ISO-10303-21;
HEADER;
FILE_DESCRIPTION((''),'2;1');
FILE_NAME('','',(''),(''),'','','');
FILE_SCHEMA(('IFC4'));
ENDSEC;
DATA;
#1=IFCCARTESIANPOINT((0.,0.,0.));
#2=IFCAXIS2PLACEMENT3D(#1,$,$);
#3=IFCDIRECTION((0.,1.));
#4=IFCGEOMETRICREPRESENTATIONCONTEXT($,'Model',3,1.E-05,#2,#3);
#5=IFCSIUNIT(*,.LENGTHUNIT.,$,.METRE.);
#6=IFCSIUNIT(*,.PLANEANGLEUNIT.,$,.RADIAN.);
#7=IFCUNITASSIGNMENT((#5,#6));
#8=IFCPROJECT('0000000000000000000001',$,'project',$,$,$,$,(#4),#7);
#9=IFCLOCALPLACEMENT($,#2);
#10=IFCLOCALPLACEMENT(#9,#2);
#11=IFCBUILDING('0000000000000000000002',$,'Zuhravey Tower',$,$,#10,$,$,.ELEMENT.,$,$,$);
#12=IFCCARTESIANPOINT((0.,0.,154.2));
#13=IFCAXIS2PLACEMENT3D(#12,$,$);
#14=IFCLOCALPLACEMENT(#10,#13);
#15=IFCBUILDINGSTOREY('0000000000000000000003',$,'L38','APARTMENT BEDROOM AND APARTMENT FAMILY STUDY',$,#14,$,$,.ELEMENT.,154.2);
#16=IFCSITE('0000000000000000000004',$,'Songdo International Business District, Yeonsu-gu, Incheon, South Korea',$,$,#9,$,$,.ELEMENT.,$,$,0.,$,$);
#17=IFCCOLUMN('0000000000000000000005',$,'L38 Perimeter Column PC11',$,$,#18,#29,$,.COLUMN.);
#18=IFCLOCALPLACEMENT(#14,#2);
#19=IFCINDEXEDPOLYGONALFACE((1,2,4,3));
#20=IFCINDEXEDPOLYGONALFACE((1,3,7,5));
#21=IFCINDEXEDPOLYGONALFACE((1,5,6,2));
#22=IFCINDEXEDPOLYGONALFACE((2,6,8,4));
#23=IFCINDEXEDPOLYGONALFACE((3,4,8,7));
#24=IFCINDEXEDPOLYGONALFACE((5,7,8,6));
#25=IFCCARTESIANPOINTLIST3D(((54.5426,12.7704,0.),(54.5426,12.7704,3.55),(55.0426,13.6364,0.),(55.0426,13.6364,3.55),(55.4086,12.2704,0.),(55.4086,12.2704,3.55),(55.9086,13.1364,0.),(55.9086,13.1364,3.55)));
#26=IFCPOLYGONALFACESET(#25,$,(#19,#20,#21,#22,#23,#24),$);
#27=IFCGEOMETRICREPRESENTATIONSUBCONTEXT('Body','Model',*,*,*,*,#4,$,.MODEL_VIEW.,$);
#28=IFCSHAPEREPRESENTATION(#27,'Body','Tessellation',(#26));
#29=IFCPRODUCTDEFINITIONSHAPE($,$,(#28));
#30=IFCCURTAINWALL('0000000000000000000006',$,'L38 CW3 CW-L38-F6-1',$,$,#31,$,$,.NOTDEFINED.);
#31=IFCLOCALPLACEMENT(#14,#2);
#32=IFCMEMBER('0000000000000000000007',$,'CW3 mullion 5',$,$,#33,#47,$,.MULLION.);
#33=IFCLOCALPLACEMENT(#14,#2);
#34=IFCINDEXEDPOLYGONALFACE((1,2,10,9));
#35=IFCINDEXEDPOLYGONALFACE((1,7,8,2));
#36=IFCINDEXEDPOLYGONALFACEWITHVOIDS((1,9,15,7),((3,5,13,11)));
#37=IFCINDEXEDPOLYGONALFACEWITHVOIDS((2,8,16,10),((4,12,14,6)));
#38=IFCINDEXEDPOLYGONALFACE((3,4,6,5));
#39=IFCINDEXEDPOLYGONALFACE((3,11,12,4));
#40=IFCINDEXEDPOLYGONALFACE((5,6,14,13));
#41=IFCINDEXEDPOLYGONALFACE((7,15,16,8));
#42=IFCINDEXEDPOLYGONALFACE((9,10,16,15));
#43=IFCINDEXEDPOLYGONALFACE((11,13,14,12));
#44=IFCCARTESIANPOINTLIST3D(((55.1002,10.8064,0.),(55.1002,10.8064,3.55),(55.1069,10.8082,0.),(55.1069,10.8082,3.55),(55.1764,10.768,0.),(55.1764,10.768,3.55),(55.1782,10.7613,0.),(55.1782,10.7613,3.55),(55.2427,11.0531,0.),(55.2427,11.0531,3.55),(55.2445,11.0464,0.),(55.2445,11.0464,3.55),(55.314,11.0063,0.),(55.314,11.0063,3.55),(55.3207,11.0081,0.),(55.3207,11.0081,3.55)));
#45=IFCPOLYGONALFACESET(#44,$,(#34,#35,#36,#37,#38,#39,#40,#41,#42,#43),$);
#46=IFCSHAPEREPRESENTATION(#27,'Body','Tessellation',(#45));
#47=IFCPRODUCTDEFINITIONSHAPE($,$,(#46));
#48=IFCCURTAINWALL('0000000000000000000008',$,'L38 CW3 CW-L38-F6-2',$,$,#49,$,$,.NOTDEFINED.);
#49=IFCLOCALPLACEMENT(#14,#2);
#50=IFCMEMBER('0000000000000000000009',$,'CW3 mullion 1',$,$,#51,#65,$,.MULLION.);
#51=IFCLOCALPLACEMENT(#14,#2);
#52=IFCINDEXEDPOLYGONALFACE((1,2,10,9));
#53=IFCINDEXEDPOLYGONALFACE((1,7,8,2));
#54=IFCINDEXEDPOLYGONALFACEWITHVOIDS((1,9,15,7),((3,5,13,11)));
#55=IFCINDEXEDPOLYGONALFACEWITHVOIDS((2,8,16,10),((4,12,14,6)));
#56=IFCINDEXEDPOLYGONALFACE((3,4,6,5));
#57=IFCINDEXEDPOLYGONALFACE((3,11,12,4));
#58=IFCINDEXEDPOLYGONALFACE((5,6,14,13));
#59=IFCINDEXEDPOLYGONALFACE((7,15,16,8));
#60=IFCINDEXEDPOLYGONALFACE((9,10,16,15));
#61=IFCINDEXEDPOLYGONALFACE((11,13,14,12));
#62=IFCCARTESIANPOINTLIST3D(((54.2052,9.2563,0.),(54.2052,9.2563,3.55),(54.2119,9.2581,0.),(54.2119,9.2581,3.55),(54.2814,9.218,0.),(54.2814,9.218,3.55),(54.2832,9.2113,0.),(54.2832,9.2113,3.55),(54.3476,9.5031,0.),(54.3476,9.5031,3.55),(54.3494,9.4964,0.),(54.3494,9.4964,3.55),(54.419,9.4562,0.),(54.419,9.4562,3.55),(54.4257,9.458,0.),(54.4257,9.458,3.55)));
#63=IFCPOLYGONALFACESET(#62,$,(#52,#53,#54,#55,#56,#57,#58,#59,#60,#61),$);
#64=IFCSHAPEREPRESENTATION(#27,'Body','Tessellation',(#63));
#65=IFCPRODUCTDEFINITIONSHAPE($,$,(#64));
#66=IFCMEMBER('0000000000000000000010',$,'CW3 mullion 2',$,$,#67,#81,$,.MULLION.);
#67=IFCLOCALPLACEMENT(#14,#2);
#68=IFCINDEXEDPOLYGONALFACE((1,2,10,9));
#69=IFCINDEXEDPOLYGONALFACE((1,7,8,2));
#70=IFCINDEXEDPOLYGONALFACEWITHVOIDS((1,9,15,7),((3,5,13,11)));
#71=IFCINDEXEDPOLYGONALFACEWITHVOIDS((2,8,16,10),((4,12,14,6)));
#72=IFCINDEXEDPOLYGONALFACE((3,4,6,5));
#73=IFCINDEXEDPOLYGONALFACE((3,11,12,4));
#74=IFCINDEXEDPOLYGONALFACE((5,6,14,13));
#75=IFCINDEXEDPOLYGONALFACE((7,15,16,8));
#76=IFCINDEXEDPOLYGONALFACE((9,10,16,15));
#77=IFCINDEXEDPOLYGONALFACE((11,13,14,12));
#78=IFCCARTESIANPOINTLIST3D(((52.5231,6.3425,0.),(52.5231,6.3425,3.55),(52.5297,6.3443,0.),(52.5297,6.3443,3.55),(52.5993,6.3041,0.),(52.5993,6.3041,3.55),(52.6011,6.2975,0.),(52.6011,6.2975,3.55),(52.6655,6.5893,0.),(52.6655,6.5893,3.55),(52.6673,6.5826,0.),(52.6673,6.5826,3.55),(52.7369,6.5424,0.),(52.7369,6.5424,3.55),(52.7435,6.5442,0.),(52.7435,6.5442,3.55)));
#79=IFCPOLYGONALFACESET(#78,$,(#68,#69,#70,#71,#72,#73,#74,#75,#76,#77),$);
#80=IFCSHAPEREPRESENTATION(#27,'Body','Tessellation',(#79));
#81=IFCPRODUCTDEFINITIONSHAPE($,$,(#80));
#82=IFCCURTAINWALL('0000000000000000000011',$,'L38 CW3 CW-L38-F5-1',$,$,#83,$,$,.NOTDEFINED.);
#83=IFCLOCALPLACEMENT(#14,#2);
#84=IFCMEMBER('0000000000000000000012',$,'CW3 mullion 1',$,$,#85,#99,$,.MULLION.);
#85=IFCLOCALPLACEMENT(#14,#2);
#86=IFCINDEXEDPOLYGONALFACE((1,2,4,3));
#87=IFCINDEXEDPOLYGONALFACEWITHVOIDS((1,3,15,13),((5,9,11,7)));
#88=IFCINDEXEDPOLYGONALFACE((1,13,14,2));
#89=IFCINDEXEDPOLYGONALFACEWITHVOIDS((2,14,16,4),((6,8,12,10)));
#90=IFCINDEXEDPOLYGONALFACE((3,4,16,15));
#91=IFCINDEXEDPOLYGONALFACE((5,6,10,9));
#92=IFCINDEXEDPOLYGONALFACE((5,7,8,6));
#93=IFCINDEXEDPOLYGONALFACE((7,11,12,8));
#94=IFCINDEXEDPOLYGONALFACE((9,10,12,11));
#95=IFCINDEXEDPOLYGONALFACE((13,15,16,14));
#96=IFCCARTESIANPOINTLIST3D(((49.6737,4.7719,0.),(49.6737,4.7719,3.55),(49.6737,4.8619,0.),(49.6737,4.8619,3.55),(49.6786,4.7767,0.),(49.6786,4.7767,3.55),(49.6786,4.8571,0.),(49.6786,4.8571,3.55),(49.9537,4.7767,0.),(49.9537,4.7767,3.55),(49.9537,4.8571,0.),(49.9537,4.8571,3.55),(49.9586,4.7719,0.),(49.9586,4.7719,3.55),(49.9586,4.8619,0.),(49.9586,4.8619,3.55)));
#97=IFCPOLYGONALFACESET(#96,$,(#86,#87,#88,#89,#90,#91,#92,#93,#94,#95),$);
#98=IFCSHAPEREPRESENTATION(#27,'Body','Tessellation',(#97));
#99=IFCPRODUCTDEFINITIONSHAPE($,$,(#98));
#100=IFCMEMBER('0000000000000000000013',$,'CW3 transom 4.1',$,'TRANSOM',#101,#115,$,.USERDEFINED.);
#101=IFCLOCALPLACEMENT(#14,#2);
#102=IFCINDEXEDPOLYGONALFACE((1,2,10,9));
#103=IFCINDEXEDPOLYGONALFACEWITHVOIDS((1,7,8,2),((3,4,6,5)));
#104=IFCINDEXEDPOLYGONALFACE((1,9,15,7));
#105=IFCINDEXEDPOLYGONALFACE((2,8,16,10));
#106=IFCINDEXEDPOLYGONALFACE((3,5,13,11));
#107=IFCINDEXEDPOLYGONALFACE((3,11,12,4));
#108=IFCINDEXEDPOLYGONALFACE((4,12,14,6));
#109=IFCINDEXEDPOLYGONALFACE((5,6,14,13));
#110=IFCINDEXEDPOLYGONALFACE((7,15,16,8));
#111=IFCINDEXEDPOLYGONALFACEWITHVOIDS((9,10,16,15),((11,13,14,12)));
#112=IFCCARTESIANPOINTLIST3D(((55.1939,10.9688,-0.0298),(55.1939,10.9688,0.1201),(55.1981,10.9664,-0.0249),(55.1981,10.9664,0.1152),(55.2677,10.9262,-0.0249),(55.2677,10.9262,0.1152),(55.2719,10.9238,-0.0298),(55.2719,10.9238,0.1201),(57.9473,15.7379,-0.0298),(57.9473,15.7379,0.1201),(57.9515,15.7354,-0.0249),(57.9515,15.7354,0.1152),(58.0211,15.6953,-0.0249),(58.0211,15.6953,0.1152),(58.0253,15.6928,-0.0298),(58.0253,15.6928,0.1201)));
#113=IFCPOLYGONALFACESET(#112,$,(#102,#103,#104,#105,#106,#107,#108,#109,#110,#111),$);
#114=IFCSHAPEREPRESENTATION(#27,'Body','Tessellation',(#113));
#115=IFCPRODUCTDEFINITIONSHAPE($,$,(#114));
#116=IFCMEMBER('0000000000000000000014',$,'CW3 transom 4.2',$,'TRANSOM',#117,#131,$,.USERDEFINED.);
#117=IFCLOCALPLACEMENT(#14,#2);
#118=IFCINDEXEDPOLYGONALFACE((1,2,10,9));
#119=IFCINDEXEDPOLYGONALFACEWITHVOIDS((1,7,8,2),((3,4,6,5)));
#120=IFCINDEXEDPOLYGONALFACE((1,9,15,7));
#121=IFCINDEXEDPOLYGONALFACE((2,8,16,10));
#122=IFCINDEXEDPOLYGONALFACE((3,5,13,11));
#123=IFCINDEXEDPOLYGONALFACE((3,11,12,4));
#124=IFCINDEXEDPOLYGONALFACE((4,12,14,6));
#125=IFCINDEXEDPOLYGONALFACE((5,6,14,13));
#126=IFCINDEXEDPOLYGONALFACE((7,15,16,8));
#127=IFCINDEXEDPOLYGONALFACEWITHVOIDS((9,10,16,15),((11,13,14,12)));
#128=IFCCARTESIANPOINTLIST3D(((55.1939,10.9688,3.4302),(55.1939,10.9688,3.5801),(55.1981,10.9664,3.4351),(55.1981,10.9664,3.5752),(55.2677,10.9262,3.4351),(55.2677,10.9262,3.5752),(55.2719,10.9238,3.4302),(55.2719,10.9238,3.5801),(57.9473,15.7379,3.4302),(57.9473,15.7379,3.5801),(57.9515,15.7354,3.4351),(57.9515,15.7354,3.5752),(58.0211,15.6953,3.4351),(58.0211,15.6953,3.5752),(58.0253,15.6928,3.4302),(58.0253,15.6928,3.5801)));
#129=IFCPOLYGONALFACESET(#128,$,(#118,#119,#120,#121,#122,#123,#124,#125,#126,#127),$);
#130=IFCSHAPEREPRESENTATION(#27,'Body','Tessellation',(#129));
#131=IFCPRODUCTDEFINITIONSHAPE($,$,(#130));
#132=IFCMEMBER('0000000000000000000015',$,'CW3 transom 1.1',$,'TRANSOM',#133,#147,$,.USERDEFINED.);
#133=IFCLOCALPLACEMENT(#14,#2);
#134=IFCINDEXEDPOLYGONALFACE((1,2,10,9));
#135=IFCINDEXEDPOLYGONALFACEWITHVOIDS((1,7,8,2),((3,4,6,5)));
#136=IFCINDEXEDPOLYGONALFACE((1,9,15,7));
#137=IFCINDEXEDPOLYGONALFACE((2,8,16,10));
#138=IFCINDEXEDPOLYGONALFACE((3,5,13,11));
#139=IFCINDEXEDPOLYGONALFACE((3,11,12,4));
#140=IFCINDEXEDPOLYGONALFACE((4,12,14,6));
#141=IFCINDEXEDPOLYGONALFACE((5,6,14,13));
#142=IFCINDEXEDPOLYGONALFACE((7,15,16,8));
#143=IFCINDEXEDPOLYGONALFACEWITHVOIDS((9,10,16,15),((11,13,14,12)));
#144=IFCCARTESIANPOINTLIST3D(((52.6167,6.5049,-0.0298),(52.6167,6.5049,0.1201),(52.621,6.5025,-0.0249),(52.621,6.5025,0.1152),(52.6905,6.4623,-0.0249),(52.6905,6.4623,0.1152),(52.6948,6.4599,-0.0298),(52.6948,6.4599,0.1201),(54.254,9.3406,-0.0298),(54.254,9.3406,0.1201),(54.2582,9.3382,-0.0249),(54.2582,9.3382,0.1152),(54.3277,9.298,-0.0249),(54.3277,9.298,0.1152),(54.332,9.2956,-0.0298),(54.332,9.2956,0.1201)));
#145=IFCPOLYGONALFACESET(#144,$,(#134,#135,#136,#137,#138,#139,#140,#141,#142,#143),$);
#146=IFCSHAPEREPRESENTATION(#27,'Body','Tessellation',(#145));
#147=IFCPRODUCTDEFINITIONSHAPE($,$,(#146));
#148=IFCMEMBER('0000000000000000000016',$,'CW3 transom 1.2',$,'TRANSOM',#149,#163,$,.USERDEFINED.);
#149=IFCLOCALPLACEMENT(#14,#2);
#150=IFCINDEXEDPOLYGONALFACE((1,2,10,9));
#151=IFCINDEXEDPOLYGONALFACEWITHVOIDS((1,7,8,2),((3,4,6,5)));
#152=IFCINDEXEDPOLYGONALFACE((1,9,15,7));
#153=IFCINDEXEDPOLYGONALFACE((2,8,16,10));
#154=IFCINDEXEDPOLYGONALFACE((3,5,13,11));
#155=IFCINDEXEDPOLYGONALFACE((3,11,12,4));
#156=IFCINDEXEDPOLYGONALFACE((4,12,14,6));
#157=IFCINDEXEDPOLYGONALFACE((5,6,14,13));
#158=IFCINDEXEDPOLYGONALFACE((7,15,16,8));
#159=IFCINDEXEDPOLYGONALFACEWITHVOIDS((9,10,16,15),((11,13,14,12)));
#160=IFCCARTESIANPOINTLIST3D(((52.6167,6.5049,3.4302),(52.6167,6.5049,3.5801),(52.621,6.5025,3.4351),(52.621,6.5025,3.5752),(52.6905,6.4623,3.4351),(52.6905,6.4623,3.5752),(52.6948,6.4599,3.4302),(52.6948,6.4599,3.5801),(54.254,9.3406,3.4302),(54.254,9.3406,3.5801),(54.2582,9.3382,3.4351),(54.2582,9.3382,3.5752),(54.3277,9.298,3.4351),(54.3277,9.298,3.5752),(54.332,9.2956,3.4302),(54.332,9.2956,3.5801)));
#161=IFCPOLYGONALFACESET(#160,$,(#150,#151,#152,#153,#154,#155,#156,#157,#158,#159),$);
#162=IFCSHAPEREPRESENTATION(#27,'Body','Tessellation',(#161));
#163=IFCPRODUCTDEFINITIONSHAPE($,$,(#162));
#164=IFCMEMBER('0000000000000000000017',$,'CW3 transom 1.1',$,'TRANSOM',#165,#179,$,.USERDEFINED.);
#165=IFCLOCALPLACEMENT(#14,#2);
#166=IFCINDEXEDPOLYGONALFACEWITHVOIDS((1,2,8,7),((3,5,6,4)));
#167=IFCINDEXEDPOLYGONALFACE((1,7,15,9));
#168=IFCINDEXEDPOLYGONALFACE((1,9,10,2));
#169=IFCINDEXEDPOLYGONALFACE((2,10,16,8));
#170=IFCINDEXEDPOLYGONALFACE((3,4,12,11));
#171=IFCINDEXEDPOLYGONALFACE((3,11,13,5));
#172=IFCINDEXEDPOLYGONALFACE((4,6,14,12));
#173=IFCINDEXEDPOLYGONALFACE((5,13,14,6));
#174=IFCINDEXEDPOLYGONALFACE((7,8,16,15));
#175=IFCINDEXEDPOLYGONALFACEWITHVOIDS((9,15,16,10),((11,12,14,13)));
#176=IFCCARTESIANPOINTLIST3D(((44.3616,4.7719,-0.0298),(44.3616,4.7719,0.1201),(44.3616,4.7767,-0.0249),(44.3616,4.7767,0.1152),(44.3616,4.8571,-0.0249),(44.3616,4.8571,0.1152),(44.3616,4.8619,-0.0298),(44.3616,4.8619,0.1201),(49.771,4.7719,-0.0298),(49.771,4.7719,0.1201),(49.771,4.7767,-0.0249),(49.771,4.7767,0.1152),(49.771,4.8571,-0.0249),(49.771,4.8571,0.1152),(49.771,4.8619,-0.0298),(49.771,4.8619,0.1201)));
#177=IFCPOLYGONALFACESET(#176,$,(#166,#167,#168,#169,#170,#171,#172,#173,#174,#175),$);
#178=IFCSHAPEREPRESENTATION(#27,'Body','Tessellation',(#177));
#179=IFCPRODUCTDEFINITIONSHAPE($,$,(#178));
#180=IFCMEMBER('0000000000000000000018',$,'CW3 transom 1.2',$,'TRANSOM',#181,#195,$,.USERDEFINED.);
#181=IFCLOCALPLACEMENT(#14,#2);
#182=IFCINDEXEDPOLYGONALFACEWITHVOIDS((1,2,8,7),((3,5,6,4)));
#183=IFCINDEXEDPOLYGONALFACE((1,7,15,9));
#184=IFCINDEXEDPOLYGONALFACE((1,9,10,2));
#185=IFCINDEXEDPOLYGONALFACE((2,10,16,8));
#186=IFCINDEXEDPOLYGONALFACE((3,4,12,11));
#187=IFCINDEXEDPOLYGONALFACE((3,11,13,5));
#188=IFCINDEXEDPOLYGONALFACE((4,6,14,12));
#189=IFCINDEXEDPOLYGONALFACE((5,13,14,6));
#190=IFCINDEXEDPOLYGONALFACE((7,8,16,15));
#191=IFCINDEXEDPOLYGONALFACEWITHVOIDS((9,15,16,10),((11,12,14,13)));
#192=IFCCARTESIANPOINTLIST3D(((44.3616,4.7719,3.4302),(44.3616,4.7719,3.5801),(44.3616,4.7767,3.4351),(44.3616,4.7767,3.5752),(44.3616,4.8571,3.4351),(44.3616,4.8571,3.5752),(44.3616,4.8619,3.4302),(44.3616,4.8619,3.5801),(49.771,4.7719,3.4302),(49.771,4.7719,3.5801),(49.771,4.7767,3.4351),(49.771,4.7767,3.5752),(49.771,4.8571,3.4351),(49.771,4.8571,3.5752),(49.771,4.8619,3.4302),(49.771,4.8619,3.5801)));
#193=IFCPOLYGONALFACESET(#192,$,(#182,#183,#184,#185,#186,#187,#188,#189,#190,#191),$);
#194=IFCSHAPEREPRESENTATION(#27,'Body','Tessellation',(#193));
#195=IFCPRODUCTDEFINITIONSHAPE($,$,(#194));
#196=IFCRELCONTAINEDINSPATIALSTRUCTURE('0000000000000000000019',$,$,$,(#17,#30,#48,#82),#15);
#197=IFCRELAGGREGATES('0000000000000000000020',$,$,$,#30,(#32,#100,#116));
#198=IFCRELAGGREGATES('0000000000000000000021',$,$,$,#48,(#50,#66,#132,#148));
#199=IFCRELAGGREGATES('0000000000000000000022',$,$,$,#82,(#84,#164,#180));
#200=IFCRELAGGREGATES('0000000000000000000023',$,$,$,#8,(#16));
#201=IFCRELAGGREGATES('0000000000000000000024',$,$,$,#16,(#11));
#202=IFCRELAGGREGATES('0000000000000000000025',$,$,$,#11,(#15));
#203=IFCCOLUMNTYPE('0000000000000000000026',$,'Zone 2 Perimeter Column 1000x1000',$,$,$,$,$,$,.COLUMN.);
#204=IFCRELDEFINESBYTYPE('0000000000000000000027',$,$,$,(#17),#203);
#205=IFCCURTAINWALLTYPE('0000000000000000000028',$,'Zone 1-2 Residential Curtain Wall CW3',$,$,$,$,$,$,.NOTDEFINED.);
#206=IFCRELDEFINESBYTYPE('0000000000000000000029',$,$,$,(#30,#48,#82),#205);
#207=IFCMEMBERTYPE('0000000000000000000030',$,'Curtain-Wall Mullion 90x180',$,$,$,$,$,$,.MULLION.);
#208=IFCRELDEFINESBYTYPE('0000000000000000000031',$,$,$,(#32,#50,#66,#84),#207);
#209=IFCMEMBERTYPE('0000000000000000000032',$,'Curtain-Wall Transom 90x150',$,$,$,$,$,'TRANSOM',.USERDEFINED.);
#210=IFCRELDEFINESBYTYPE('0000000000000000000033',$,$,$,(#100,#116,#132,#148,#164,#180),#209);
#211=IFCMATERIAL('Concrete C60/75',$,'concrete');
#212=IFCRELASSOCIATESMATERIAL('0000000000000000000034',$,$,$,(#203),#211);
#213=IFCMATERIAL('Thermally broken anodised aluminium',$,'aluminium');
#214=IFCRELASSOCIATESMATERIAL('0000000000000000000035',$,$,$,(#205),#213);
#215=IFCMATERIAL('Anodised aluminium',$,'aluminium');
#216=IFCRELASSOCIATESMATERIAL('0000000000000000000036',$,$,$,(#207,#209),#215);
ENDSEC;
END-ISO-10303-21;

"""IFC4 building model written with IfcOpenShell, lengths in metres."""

from ifc_helpers import new_model, si_unit, direction, frame, origin, origin_2d, place, context, subcontext, project, spatial, rectangle, hollow_rectangle, extrude, material, material_profile, profile_set, type_object, element, aggregate, save


model = new_model("IFC4")

# Units and contexts
model_context = context("Model", 3, precision=1e-05, world=origin(), true_north=direction((0.0, 1.0)))
body_context = subcontext(model_context, "Body", "Model", "MODEL_VIEW")
ifc_project = project(units=[si_unit("LENGTHUNIT", "METRE"), si_unit("PLANEANGLEUNIT", "RADIAN")], contexts=[model_context])

# Site, building, storey
site_placement = place(None, origin())
site = spatial("IfcSite", under=ifc_project, at=site_placement, Name="Songdo International Business District, Yeonsu-gu, Incheon, South Korea", CompositionType="ELEMENT", RefElevation=0.0)
building_placement = place(site_placement, origin())
building = spatial("IfcBuilding", under=site, at=building_placement, Name="Zuhravey Tower", CompositionType="ELEMENT")
storey_placement = place(building_placement, frame((0.0, 0.0, 154.2)))
storey = spatial("IfcBuildingStorey", under=building, at=storey_placement, Name="L38", Description="APARTMENT BEDROOM AND APARTMENT FAMILY STUDY", CompositionType="ELEMENT", Elevation=154.2)

# Column
ifc_material_1 = material(Name="Concrete C60/75", Category="concrete")
ifc_material_profile_1 = material_profile(ifc_material_1, rectangle(XDim=1.0, YDim=1.0, at=origin_2d()), Name="RC-1000x1000")
ifc_profile_set_1 = profile_set([ifc_material_profile_1], Name="Concrete C60/75")
column_type = type_object("IfcColumnType", Name="Zone 2 Perimeter Column 1000x1000", PredefinedType="COLUMN", material=ifc_profile_set_1)
column_placement = place(storey_placement, frame((55.2256, 12.9534, 0.0), z_axis=(0.0, 0.0, 1.0), x_axis=(0.5, 0.866025, 0.0)))
element("IfcColumn", 1, at=column_placement, inside=storey, type_object=column_type, Name="L38 Perimeter Column PC11", PredefinedType="COLUMN", context=body_context, shape_type="SweptSolid", body=[
    extrude(rectangle(XDim=1.0, YDim=1.0, at=origin_2d()), origin(), (0.0, 0.0, 1.0), 3.55),
])

# Curtain wall, member
ifc_material_2 = material(Name="Thermally broken anodised aluminium", Category="aluminium")
curtain_wall_type = type_object("IfcCurtainWallType", Name="Zone 1-2 Residential Curtain Wall CW3", PredefinedType="NOTDEFINED", material=ifc_material_2)
curtain_wall_1_placement = place(storey_placement, origin())
curtain_wall_1 = element("IfcCurtainWall", 2, at=curtain_wall_1_placement, inside=storey, type_object=curtain_wall_type, Name="L38 CW3 CW-L38-F6-1", PredefinedType="NOTDEFINED")
ifc_material_3 = material(Name="Anodised aluminium", Category="aluminium")
ifc_material_profile_2 = material_profile(ifc_material_3, hollow_rectangle(XDim=0.0901, YDim=0.2849, WallThickness=0.0049, at=origin_2d()), Name="ALU-RHS-90x285x5")
ifc_profile_set_2 = profile_set([ifc_material_profile_2], Name="Anodised aluminium")
member_type_1 = type_object("IfcMemberType", Name="Curtain-Wall Mullion 90x180", PredefinedType="MULLION", material=ifc_profile_set_2)
member_1_placement = place(storey_placement, frame((55.2104, 10.9072, 0.0), z_axis=(0.0, 0.0, 1.0), x_axis=(0.866024, -0.500002, 0.0)))
member_1 = element("IfcMember", 3, at=member_1_placement, type_object=member_type_1, Name="CW3 mullion 5", PredefinedType="MULLION", context=body_context, shape_type="SweptSolid", body=[
    extrude(hollow_rectangle(XDim=0.0901, YDim=0.2849, WallThickness=0.0049, at=origin_2d()), origin(), (0.0, 0.0, 1.0), 3.55),
])

# Curtain wall, members
curtain_wall_2_placement = place(storey_placement, origin())
curtain_wall_2 = element("IfcCurtainWall", 4, at=curtain_wall_2_placement, inside=storey, type_object=curtain_wall_type, Name="L38 CW3 CW-L38-F6-2", PredefinedType="NOTDEFINED")
member_2_placement = place(storey_placement, frame((54.3154, 9.3572, 0.0), z_axis=(0.0, 0.0, 1.0), x_axis=(0.866033, -0.499987, 0.0)))
member_2 = element("IfcMember", 5, at=member_2_placement, type_object=member_type_1, Name="CW3 mullion 1", PredefinedType="MULLION", context=body_context, shape_type="SweptSolid", body=[
    extrude(hollow_rectangle(XDim=0.0901, YDim=0.2849, WallThickness=0.0049, at=origin_2d()), origin(), (0.0, 0.0, 1.0), 3.55),
])
member_3_placement = place(storey_placement, frame((52.6333, 6.4434, 0.0), z_axis=(0.0, 0.0, 1.0), x_axis=(0.866033, -0.499987, 0.0)))
member_3 = element("IfcMember", 6, at=member_3_placement, type_object=member_type_1, Name="CW3 mullion 2", PredefinedType="MULLION", context=body_context, shape_type="SweptSolid", body=[
    extrude(hollow_rectangle(XDim=0.0901, YDim=0.2849, WallThickness=0.0049, at=origin_2d()), origin(), (0.0, 0.0, 1.0), 3.55),
])

# Curtain wall, member
curtain_wall_3_placement = place(storey_placement, origin())
curtain_wall_3 = element("IfcCurtainWall", 7, at=curtain_wall_3_placement, inside=storey, type_object=curtain_wall_type, Name="L38 CW3 CW-L38-F5-1", PredefinedType="NOTDEFINED")
member_4_placement = place(storey_placement, frame((49.8162, 4.8169, 0.0), z_axis=(0.0, 0.0, 1.0), x_axis=(0.0, -1.0, 0.0)))
member_4 = element("IfcMember", 8, at=member_4_placement, type_object=member_type_1, Name="CW3 mullion 1", PredefinedType="MULLION", context=body_context, shape_type="SweptSolid", body=[
    extrude(hollow_rectangle(XDim=0.0901, YDim=0.2849, WallThickness=0.0049, at=origin_2d()), origin(), (0.0, 0.0, 1.0), 3.55),
])

# Members
ifc_material_profile_3 = material_profile(ifc_material_3, hollow_rectangle(XDim=0.0901, YDim=0.1499, WallThickness=0.0049, at=origin_2d()), Name="ALU-RHS-90x150x5")
ifc_profile_set_3 = profile_set([ifc_material_profile_3], Name="Anodised aluminium")
member_type_2 = type_object("IfcMemberType", Name="Curtain-Wall Transom 90x150", ElementType="TRANSOM", PredefinedType="USERDEFINED", material=ifc_profile_set_3)
member_5_placement = place(storey_placement, frame((57.9863, 15.7153, 0.0452), z_axis=(-0.500001, -0.866025, 0.0), x_axis=(0.866025, -0.500001, 0.0)))
member_5 = element("IfcMember", 9, at=member_5_placement, type_object=member_type_2, Name="CW3 transom 4.1", ObjectType="TRANSOM", PredefinedType="USERDEFINED", context=body_context, shape_type="SweptSolid", body=[
    extrude(hollow_rectangle(XDim=0.0901, YDim=0.1499, WallThickness=0.0049, at=origin_2d()), origin(), (0.0, 0.0, 1.0), 5.5068),
])
member_6_placement = place(storey_placement, frame((57.9863, 15.7153, 3.5051), z_axis=(-0.500001, -0.866025, 0.0), x_axis=(0.866025, -0.500001, 0.0)))
member_6 = element("IfcMember", 10, at=member_6_placement, type_object=member_type_2, Name="CW3 transom 4.2", ObjectType="TRANSOM", PredefinedType="USERDEFINED", context=body_context, shape_type="SweptSolid", body=[
    extrude(hollow_rectangle(XDim=0.0901, YDim=0.1499, WallThickness=0.0049, at=origin_2d()), origin(), (0.0, 0.0, 1.0), 5.5068),
])
member_7_placement = place(storey_placement, frame((54.293, 9.3181, 0.0452), z_axis=(-0.500004, -0.866023, 0.0), x_axis=(0.866023, -0.500004, 0.0)))
member_7 = element("IfcMember", 11, at=member_7_placement, type_object=member_type_2, Name="CW3 transom 1.1", ObjectType="TRANSOM", PredefinedType="USERDEFINED", context=body_context, shape_type="SweptSolid", body=[
    extrude(hollow_rectangle(XDim=0.0901, YDim=0.1499, WallThickness=0.0049, at=origin_2d()), origin(), (0.0, 0.0, 1.0), 3.2744),
])
member_8_placement = place(storey_placement, frame((54.293, 9.3181, 3.5051), z_axis=(-0.500004, -0.866023, 0.0), x_axis=(0.866023, -0.500004, 0.0)))
member_8 = element("IfcMember", 12, at=member_8_placement, type_object=member_type_2, Name="CW3 transom 1.2", ObjectType="TRANSOM", PredefinedType="USERDEFINED", context=body_context, shape_type="SweptSolid", body=[
    extrude(hollow_rectangle(XDim=0.0901, YDim=0.1499, WallThickness=0.0049, at=origin_2d()), origin(), (0.0, 0.0, 1.0), 3.2744),
])
member_9_placement = place(storey_placement, frame((49.771, 4.8169, 0.0452), z_axis=(-1.0, 0.0, 0.0), x_axis=(0.0, -1.0, 0.0)))
member_9 = element("IfcMember", 13, at=member_9_placement, type_object=member_type_2, Name="CW3 transom 1.1", ObjectType="TRANSOM", PredefinedType="USERDEFINED", context=body_context, shape_type="SweptSolid", body=[
    extrude(hollow_rectangle(XDim=0.0901, YDim=0.1499, WallThickness=0.0049, at=origin_2d()), origin(), (0.0, 0.0, 1.0), 5.4094),
])
member_10_placement = place(storey_placement, frame((49.771, 4.8169, 3.5051), z_axis=(-1.0, 0.0, 0.0), x_axis=(0.0, -1.0, 0.0)))
member_10 = element("IfcMember", 14, at=member_10_placement, type_object=member_type_2, Name="CW3 transom 1.2", ObjectType="TRANSOM", PredefinedType="USERDEFINED", context=body_context, shape_type="SweptSolid", body=[
    extrude(hollow_rectangle(XDim=0.0901, YDim=0.1499, WallThickness=0.0049, at=origin_2d()), origin(), (0.0, 0.0, 1.0), 5.4094),
])

aggregate(curtain_wall_1, [member_1, member_5, member_6])
aggregate(curtain_wall_2, [member_2, member_3, member_7, member_8])
aggregate(curtain_wall_3, [member_4, member_9, member_10])

save(model, "model.ifc")
